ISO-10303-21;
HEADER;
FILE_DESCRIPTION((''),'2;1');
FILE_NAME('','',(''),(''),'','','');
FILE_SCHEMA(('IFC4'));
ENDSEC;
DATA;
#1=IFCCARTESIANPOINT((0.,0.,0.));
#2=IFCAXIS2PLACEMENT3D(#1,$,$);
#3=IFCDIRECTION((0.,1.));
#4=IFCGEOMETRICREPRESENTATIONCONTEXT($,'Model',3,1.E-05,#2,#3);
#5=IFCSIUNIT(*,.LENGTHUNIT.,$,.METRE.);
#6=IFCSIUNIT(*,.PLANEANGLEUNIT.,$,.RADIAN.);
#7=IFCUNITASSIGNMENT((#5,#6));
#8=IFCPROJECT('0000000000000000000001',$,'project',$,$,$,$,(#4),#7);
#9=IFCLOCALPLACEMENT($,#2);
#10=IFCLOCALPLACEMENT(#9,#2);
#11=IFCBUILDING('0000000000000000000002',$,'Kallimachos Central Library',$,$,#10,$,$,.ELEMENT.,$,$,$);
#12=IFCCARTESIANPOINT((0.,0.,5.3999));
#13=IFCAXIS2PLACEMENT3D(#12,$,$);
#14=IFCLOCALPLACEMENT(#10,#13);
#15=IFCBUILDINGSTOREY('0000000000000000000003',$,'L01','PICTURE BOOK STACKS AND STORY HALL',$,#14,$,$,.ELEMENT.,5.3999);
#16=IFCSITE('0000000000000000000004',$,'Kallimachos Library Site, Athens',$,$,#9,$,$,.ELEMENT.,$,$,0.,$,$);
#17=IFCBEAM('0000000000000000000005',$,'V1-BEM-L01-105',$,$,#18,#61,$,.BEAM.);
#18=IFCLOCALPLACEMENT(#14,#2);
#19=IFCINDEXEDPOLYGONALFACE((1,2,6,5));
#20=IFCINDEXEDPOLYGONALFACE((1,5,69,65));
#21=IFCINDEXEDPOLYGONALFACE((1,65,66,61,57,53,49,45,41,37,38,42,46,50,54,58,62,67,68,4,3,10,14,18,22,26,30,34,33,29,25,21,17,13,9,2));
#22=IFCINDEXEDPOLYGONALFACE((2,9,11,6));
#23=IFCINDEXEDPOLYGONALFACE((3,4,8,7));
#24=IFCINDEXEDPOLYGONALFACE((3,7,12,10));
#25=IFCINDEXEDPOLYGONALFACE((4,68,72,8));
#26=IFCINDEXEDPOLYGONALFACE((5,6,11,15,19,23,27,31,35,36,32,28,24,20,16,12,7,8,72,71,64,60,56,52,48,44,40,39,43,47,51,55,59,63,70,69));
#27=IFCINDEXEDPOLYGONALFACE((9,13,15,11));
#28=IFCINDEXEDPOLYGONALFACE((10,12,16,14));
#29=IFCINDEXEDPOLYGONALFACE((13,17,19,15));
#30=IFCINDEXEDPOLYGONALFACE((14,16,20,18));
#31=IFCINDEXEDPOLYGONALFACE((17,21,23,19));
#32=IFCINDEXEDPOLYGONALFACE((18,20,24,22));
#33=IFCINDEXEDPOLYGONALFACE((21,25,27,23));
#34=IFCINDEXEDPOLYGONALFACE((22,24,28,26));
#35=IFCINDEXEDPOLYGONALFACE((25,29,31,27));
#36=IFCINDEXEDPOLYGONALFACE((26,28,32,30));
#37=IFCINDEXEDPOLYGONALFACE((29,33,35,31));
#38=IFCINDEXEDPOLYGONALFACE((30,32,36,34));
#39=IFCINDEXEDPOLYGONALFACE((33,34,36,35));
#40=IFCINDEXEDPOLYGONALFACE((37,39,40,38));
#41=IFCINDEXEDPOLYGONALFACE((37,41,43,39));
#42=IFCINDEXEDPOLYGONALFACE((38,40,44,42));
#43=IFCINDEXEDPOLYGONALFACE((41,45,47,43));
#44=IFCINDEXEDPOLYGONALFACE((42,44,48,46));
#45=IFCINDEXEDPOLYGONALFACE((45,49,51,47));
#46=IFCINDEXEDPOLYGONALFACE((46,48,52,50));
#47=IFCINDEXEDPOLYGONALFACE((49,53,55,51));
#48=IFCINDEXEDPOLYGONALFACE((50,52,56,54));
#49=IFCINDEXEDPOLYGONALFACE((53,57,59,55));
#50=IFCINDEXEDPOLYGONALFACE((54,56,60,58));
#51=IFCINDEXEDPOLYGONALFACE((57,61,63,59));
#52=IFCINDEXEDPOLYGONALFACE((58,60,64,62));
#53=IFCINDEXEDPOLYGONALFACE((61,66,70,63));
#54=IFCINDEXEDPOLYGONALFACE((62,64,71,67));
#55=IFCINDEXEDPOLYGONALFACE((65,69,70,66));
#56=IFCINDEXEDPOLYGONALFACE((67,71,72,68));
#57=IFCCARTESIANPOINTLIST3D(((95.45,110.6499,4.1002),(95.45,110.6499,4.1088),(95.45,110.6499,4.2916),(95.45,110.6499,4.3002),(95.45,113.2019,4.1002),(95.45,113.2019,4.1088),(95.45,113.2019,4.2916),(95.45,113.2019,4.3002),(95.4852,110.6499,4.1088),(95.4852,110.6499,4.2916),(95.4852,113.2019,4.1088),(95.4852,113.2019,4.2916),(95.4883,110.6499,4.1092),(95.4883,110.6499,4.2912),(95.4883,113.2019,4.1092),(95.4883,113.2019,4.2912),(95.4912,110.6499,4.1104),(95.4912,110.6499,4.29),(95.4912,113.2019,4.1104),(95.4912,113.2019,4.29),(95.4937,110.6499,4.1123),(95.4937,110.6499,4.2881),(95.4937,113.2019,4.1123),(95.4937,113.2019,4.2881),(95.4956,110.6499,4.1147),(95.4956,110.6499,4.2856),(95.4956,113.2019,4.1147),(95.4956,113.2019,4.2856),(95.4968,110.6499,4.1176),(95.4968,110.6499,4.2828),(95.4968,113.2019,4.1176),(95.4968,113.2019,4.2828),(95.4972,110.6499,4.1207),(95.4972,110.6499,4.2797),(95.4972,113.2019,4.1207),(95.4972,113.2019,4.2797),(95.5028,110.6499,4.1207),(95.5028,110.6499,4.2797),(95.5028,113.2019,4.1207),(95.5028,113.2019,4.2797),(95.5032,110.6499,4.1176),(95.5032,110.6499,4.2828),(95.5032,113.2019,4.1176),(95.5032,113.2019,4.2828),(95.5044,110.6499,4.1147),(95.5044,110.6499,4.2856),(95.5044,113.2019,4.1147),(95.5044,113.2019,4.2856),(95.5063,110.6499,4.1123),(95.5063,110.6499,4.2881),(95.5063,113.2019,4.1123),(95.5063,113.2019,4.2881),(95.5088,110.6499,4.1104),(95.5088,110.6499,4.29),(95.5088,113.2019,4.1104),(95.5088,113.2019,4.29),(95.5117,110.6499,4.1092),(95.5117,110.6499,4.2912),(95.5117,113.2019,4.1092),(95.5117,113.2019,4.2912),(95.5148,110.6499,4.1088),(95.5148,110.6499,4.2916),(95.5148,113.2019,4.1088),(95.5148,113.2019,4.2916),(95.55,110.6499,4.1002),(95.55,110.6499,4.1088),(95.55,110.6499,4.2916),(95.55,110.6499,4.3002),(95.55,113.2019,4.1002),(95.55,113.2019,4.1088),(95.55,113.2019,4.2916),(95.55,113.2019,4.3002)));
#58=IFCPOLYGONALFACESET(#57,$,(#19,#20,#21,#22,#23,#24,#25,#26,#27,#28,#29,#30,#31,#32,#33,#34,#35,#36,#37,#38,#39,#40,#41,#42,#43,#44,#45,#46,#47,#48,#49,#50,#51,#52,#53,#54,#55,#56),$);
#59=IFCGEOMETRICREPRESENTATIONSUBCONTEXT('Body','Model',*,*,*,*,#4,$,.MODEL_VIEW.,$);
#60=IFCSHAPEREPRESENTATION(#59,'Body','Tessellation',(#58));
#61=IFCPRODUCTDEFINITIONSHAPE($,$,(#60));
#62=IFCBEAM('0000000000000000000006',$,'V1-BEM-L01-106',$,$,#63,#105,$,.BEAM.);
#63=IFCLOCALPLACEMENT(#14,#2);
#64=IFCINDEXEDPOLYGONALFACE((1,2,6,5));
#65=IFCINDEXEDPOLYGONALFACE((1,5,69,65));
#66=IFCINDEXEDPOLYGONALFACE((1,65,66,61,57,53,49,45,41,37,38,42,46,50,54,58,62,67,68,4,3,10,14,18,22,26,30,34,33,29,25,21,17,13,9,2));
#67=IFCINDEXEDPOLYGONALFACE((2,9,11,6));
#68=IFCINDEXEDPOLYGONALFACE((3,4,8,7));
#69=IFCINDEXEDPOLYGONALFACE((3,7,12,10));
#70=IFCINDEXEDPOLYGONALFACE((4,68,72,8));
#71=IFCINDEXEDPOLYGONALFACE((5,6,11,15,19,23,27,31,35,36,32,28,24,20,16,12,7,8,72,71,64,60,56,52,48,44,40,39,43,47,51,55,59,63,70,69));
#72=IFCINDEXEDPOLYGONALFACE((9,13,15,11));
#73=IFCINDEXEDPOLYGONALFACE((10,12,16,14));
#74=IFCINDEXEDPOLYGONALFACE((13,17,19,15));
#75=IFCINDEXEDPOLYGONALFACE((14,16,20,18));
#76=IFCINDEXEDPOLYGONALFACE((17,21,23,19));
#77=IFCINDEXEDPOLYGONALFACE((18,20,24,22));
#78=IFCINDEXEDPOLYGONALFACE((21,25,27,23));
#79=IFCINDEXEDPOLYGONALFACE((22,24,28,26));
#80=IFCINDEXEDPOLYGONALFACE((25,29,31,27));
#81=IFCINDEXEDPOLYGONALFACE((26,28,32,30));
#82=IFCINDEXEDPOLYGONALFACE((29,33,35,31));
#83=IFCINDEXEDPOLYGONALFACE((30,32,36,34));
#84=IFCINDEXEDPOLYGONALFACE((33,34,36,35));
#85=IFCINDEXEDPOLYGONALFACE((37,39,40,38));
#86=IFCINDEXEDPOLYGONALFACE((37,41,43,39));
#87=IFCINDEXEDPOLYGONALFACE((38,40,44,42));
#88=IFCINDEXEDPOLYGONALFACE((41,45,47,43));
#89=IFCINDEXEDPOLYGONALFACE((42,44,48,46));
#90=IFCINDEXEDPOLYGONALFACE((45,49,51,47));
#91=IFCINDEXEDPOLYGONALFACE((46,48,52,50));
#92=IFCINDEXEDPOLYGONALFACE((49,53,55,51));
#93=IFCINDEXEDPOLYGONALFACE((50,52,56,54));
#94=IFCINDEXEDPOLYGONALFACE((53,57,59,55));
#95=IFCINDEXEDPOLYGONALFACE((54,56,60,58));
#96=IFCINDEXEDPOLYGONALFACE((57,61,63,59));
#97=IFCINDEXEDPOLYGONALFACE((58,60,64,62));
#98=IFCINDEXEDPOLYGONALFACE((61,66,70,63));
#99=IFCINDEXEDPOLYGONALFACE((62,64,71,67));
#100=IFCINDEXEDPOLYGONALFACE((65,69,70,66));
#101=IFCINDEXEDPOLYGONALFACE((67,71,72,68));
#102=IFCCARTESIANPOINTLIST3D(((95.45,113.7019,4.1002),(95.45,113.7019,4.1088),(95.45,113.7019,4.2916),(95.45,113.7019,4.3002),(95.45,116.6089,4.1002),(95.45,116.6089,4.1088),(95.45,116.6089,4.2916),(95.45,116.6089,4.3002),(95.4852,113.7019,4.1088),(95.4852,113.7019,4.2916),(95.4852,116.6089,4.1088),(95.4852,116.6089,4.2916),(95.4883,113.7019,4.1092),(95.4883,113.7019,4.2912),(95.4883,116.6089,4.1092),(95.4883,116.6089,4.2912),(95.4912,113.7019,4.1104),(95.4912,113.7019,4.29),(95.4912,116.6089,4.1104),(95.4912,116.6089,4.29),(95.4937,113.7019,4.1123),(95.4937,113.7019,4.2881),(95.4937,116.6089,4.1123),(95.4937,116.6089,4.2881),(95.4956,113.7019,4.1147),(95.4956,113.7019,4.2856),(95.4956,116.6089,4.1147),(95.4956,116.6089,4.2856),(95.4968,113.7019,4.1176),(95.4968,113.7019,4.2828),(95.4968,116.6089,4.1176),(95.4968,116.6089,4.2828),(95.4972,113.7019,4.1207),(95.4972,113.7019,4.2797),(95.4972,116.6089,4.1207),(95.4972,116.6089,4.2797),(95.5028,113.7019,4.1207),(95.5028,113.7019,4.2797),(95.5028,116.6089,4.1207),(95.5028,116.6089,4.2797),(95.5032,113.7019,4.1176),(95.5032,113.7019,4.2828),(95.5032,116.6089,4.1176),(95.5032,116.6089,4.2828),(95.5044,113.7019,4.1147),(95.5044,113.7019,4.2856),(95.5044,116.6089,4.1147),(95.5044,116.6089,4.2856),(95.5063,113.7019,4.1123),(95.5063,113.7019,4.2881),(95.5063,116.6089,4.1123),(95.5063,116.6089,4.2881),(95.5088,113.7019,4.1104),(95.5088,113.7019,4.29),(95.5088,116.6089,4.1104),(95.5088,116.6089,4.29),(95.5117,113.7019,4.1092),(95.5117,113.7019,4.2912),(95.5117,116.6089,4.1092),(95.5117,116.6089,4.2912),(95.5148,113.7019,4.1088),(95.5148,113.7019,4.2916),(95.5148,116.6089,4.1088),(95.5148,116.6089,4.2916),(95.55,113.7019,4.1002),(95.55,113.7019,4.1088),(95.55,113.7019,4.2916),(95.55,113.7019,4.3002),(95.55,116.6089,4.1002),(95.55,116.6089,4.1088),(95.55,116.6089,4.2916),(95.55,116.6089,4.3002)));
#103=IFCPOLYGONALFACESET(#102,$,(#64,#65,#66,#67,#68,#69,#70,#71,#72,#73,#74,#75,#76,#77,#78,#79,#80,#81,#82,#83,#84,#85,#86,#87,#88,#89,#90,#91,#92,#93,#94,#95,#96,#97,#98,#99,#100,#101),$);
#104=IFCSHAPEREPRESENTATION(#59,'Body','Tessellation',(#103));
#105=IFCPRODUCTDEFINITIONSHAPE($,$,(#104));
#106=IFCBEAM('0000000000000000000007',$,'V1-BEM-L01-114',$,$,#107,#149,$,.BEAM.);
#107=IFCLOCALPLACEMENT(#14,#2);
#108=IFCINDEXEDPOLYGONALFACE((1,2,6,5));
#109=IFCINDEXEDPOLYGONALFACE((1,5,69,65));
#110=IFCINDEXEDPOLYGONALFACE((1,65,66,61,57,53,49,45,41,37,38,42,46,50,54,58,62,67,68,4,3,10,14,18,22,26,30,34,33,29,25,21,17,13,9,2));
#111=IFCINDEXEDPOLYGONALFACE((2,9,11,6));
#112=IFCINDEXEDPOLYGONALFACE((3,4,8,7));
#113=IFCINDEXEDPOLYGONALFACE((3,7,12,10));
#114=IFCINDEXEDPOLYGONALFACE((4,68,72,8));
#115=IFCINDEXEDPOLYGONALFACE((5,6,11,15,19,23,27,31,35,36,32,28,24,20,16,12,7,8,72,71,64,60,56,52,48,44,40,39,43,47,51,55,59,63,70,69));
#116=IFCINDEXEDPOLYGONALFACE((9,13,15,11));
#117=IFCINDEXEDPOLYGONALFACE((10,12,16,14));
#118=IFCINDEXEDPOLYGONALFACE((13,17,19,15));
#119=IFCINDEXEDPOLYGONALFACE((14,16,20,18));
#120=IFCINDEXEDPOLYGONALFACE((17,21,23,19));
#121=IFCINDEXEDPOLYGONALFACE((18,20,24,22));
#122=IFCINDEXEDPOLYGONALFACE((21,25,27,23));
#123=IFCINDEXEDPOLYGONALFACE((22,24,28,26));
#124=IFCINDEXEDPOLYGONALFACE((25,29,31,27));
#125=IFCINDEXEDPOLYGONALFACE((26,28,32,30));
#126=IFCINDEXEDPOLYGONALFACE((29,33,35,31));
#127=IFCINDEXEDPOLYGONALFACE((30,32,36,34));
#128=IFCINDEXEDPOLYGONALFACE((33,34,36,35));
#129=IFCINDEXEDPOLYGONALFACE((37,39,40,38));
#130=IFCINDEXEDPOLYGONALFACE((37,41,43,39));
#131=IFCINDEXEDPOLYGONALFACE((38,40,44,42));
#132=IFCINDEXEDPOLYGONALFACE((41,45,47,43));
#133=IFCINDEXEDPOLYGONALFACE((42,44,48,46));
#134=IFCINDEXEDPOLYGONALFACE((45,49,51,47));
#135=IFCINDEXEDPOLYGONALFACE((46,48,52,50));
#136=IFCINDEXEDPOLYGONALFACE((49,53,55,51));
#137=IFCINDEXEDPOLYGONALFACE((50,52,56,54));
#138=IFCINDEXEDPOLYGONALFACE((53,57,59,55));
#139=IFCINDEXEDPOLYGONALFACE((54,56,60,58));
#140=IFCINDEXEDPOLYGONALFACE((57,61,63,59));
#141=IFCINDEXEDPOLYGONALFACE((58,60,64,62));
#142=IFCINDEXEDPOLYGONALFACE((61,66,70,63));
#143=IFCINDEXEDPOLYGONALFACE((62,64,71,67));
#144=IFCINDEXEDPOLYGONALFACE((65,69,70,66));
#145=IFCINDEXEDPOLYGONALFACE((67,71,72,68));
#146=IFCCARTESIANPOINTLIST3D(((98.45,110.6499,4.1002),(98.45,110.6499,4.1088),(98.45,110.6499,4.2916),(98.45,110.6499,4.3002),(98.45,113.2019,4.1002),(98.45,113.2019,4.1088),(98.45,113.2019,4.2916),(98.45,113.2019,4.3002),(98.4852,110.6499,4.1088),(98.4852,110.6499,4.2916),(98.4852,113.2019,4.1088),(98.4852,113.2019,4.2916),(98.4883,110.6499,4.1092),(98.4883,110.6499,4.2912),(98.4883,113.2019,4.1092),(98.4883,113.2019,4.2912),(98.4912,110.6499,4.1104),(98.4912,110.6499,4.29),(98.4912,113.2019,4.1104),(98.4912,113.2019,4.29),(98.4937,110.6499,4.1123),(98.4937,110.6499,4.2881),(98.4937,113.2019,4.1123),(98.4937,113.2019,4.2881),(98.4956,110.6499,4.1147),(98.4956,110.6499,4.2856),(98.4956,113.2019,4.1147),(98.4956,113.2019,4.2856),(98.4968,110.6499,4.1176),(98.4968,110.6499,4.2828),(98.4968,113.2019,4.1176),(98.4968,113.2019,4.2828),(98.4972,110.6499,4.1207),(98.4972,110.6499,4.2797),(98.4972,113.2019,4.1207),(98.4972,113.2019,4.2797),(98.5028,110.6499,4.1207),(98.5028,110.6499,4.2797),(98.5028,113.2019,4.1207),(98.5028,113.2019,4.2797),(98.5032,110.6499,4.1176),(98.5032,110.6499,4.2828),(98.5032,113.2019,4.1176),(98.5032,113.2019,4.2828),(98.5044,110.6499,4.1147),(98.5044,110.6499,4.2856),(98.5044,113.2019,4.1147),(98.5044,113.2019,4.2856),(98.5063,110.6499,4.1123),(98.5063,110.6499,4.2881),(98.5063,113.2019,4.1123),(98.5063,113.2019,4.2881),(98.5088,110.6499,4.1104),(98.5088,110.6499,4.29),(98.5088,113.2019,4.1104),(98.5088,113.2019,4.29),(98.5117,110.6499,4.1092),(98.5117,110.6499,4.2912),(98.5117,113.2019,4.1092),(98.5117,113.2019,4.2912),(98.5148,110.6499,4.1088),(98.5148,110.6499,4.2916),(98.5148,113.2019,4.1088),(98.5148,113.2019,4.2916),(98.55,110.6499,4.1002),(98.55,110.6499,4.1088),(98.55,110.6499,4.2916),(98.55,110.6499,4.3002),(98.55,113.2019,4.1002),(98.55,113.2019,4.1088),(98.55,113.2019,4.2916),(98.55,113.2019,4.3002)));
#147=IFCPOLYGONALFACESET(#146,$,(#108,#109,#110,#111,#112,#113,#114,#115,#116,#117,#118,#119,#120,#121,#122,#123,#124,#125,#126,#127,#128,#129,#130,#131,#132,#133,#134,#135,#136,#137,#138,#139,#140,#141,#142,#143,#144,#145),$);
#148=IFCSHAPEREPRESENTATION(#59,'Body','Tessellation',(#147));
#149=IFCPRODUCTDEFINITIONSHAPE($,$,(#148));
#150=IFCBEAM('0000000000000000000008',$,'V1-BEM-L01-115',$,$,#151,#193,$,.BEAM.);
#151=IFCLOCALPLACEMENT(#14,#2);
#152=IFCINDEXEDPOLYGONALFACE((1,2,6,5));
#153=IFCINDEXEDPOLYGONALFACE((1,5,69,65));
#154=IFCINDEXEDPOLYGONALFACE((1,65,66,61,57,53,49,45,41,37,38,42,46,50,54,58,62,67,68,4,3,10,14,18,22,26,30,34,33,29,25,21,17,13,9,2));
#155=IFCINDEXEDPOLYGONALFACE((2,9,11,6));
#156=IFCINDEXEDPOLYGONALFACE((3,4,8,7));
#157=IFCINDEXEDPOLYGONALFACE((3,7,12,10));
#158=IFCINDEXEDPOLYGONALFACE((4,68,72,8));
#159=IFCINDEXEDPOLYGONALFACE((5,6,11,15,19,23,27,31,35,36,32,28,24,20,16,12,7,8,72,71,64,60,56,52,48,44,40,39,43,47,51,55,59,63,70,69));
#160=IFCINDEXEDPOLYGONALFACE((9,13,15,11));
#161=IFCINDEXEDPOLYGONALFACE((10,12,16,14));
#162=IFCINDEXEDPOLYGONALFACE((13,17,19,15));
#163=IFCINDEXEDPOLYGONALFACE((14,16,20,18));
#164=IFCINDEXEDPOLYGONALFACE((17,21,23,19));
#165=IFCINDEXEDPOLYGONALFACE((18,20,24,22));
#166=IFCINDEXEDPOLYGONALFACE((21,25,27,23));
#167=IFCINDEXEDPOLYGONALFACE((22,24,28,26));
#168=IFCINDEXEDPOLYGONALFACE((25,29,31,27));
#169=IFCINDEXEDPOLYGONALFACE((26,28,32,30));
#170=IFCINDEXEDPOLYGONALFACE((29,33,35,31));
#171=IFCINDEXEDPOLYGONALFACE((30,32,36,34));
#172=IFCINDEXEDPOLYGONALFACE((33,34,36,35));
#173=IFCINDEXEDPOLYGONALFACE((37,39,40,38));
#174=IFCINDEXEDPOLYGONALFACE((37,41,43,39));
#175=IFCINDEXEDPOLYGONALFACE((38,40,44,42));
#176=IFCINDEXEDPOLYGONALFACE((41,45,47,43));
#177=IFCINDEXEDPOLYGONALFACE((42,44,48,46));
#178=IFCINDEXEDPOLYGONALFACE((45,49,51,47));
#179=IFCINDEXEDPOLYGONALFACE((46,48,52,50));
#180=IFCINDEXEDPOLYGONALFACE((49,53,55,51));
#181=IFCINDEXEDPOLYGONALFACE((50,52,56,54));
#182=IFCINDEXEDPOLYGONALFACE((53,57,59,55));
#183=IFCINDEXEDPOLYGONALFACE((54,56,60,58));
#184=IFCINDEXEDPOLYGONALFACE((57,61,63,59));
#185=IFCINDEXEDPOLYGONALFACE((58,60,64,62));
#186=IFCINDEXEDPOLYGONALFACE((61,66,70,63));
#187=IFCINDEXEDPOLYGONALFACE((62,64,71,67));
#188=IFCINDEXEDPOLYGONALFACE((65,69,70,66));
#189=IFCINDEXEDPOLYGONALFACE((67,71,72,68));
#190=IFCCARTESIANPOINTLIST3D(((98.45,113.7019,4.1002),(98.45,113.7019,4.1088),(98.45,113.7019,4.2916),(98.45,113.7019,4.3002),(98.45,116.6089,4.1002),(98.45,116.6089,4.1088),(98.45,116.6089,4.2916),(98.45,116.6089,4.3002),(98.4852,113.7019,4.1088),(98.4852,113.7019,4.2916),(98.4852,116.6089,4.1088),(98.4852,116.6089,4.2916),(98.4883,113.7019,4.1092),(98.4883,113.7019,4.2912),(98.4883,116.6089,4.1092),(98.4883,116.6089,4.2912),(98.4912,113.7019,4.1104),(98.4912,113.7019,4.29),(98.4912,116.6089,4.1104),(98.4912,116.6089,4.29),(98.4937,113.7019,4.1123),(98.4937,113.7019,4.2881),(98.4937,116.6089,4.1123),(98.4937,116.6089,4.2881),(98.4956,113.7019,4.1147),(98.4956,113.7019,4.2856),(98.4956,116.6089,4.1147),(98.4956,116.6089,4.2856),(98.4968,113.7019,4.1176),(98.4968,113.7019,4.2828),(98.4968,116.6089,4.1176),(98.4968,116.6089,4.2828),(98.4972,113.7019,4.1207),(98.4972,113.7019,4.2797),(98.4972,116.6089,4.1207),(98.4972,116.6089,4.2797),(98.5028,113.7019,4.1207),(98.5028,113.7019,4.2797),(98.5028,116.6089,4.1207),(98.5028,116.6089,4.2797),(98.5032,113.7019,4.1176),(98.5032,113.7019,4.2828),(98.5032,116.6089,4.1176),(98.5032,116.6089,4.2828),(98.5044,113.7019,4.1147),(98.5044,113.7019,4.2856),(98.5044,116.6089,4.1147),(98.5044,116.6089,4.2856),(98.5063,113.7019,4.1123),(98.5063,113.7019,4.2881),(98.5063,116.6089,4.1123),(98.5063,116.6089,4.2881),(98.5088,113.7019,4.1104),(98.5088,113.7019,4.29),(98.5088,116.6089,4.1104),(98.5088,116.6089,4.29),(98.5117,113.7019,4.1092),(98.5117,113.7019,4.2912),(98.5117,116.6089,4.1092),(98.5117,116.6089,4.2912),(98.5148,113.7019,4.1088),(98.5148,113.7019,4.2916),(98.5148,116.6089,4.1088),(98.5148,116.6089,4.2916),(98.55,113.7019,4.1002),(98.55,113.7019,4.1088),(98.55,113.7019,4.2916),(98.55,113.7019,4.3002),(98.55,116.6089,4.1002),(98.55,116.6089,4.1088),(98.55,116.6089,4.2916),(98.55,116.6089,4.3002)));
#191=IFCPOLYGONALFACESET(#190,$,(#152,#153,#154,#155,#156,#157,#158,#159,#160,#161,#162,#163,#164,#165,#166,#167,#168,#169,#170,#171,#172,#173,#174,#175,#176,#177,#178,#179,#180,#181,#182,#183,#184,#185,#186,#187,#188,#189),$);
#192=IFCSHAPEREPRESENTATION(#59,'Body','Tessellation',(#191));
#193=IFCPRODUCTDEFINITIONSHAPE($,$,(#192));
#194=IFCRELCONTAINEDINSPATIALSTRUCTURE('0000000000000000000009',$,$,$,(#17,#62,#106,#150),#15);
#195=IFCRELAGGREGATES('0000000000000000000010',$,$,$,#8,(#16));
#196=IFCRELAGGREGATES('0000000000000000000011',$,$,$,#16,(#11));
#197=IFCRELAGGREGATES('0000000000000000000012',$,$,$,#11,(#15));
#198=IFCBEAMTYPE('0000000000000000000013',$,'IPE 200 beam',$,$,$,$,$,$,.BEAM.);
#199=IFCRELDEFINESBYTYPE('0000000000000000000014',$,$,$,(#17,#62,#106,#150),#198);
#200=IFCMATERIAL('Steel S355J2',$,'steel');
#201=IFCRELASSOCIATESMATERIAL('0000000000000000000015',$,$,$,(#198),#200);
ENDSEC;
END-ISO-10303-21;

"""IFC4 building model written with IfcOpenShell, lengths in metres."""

from ifc_helpers import new_model, si_unit, direction, frame, origin, origin_2d, place, context, subcontext, project, spatial, i_section, extrude, material, material_profile, profile_set, type_object, element, save


model = new_model("IFC4")

# Units and contexts
model_context = context("Model", 3, precision=1e-05, world=origin(), true_north=direction((0.0, 1.0)))
body_context = subcontext(model_context, "Body", "Model", "MODEL_VIEW")
ifc_project = project(units=[si_unit("LENGTHUNIT", "METRE"), si_unit("PLANEANGLEUNIT", "RADIAN")], contexts=[model_context])

# Site, building, storey
site_placement = place(None, origin())
site = spatial("IfcSite", under=ifc_project, at=site_placement, Name="Kallimachos Library Site, Athens", CompositionType="ELEMENT", RefElevation=0.0)
building_placement = place(site_placement, origin())
building = spatial("IfcBuilding", under=site, at=building_placement, Name="Kallimachos Central Library", CompositionType="ELEMENT")
storey_placement = place(building_placement, frame((0.0, 0.0, 5.3999)))
storey = spatial("IfcBuildingStorey", under=building, at=storey_placement, Name="L01", Description="PICTURE BOOK STACKS AND STORY HALL", CompositionType="ELEMENT", Elevation=5.3999)

# Beams
ifc_material_1 = material(Name="Steel S355J2", Category="steel")
ifc_material_profile_1 = material_profile(ifc_material_1, i_section(OverallWidth=0.1001, OverallDepth=0.2, WebThickness=0.0056, FlangeThickness=0.0085, FilletRadius=0.012, at=origin_2d()), Name="IPE 200")
ifc_profile_set_1 = profile_set([ifc_material_profile_1], Name="Steel S355J2")
beam_type_1 = type_object("IfcBeamType", Name="IPE 200 beam", PredefinedType="BEAM", material=ifc_profile_set_1)
beam_1_placement = place(storey_placement, frame((95.5, 110.6499, 4.2002), z_axis=(0.0, 1.0, 0.0), x_axis=(-1.0, 0.0, 0.0)))
element("IfcBeam", 1, at=beam_1_placement, inside=storey, type_object=beam_type_1, Name="V1-BEM-L01-105", PredefinedType="BEAM", context=body_context, shape_type="SweptSolid", body=[
    extrude(i_section(OverallWidth=0.1001, OverallDepth=0.2, WebThickness=0.0056, FlangeThickness=0.0085, FilletRadius=0.012, at=origin_2d()), origin(), (0.0, 0.0, 1.0), 2.552),
])
beam_2_placement = place(storey_placement, frame((95.5, 113.7019, 4.2002), z_axis=(0.0, 1.0, 0.0), x_axis=(-1.0, 0.0, 0.0)))
element("IfcBeam", 2, at=beam_2_placement, inside=storey, type_object=beam_type_1, Name="V1-BEM-L01-106", PredefinedType="BEAM", context=body_context, shape_type="SweptSolid", body=[
    extrude(i_section(OverallWidth=0.1001, OverallDepth=0.2, WebThickness=0.0056, FlangeThickness=0.0085, FilletRadius=0.012, at=origin_2d()), origin(), (0.0, 0.0, 1.0), 2.907),
])
beam_3_placement = place(storey_placement, frame((98.5, 110.6499, 4.2002), z_axis=(0.0, 1.0, 0.0), x_axis=(-1.0, 0.0, 0.0)))
element("IfcBeam", 3, at=beam_3_placement, inside=storey, type_object=beam_type_1, Name="V1-BEM-L01-114", PredefinedType="BEAM", context=body_context, shape_type="SweptSolid", body=[
    extrude(i_section(OverallWidth=0.1001, OverallDepth=0.2, WebThickness=0.0056, FlangeThickness=0.0085, FilletRadius=0.012, at=origin_2d()), origin(), (0.0, 0.0, 1.0), 2.552),
])
beam_4_placement = place(storey_placement, frame((98.5, 113.7019, 4.2002), z_axis=(0.0, 1.0, 0.0), x_axis=(-1.0, 0.0, 0.0)))
element("IfcBeam", 4, at=beam_4_placement, inside=storey, type_object=beam_type_1, Name="V1-BEM-L01-115", PredefinedType="BEAM", context=body_context, shape_type="SweptSolid", body=[
    extrude(i_section(OverallWidth=0.1001, OverallDepth=0.2, WebThickness=0.0056, FlangeThickness=0.0085, FilletRadius=0.012, at=origin_2d()), origin(), (0.0, 0.0, 1.0), 2.907),
])

save(model, "model.ifc")
